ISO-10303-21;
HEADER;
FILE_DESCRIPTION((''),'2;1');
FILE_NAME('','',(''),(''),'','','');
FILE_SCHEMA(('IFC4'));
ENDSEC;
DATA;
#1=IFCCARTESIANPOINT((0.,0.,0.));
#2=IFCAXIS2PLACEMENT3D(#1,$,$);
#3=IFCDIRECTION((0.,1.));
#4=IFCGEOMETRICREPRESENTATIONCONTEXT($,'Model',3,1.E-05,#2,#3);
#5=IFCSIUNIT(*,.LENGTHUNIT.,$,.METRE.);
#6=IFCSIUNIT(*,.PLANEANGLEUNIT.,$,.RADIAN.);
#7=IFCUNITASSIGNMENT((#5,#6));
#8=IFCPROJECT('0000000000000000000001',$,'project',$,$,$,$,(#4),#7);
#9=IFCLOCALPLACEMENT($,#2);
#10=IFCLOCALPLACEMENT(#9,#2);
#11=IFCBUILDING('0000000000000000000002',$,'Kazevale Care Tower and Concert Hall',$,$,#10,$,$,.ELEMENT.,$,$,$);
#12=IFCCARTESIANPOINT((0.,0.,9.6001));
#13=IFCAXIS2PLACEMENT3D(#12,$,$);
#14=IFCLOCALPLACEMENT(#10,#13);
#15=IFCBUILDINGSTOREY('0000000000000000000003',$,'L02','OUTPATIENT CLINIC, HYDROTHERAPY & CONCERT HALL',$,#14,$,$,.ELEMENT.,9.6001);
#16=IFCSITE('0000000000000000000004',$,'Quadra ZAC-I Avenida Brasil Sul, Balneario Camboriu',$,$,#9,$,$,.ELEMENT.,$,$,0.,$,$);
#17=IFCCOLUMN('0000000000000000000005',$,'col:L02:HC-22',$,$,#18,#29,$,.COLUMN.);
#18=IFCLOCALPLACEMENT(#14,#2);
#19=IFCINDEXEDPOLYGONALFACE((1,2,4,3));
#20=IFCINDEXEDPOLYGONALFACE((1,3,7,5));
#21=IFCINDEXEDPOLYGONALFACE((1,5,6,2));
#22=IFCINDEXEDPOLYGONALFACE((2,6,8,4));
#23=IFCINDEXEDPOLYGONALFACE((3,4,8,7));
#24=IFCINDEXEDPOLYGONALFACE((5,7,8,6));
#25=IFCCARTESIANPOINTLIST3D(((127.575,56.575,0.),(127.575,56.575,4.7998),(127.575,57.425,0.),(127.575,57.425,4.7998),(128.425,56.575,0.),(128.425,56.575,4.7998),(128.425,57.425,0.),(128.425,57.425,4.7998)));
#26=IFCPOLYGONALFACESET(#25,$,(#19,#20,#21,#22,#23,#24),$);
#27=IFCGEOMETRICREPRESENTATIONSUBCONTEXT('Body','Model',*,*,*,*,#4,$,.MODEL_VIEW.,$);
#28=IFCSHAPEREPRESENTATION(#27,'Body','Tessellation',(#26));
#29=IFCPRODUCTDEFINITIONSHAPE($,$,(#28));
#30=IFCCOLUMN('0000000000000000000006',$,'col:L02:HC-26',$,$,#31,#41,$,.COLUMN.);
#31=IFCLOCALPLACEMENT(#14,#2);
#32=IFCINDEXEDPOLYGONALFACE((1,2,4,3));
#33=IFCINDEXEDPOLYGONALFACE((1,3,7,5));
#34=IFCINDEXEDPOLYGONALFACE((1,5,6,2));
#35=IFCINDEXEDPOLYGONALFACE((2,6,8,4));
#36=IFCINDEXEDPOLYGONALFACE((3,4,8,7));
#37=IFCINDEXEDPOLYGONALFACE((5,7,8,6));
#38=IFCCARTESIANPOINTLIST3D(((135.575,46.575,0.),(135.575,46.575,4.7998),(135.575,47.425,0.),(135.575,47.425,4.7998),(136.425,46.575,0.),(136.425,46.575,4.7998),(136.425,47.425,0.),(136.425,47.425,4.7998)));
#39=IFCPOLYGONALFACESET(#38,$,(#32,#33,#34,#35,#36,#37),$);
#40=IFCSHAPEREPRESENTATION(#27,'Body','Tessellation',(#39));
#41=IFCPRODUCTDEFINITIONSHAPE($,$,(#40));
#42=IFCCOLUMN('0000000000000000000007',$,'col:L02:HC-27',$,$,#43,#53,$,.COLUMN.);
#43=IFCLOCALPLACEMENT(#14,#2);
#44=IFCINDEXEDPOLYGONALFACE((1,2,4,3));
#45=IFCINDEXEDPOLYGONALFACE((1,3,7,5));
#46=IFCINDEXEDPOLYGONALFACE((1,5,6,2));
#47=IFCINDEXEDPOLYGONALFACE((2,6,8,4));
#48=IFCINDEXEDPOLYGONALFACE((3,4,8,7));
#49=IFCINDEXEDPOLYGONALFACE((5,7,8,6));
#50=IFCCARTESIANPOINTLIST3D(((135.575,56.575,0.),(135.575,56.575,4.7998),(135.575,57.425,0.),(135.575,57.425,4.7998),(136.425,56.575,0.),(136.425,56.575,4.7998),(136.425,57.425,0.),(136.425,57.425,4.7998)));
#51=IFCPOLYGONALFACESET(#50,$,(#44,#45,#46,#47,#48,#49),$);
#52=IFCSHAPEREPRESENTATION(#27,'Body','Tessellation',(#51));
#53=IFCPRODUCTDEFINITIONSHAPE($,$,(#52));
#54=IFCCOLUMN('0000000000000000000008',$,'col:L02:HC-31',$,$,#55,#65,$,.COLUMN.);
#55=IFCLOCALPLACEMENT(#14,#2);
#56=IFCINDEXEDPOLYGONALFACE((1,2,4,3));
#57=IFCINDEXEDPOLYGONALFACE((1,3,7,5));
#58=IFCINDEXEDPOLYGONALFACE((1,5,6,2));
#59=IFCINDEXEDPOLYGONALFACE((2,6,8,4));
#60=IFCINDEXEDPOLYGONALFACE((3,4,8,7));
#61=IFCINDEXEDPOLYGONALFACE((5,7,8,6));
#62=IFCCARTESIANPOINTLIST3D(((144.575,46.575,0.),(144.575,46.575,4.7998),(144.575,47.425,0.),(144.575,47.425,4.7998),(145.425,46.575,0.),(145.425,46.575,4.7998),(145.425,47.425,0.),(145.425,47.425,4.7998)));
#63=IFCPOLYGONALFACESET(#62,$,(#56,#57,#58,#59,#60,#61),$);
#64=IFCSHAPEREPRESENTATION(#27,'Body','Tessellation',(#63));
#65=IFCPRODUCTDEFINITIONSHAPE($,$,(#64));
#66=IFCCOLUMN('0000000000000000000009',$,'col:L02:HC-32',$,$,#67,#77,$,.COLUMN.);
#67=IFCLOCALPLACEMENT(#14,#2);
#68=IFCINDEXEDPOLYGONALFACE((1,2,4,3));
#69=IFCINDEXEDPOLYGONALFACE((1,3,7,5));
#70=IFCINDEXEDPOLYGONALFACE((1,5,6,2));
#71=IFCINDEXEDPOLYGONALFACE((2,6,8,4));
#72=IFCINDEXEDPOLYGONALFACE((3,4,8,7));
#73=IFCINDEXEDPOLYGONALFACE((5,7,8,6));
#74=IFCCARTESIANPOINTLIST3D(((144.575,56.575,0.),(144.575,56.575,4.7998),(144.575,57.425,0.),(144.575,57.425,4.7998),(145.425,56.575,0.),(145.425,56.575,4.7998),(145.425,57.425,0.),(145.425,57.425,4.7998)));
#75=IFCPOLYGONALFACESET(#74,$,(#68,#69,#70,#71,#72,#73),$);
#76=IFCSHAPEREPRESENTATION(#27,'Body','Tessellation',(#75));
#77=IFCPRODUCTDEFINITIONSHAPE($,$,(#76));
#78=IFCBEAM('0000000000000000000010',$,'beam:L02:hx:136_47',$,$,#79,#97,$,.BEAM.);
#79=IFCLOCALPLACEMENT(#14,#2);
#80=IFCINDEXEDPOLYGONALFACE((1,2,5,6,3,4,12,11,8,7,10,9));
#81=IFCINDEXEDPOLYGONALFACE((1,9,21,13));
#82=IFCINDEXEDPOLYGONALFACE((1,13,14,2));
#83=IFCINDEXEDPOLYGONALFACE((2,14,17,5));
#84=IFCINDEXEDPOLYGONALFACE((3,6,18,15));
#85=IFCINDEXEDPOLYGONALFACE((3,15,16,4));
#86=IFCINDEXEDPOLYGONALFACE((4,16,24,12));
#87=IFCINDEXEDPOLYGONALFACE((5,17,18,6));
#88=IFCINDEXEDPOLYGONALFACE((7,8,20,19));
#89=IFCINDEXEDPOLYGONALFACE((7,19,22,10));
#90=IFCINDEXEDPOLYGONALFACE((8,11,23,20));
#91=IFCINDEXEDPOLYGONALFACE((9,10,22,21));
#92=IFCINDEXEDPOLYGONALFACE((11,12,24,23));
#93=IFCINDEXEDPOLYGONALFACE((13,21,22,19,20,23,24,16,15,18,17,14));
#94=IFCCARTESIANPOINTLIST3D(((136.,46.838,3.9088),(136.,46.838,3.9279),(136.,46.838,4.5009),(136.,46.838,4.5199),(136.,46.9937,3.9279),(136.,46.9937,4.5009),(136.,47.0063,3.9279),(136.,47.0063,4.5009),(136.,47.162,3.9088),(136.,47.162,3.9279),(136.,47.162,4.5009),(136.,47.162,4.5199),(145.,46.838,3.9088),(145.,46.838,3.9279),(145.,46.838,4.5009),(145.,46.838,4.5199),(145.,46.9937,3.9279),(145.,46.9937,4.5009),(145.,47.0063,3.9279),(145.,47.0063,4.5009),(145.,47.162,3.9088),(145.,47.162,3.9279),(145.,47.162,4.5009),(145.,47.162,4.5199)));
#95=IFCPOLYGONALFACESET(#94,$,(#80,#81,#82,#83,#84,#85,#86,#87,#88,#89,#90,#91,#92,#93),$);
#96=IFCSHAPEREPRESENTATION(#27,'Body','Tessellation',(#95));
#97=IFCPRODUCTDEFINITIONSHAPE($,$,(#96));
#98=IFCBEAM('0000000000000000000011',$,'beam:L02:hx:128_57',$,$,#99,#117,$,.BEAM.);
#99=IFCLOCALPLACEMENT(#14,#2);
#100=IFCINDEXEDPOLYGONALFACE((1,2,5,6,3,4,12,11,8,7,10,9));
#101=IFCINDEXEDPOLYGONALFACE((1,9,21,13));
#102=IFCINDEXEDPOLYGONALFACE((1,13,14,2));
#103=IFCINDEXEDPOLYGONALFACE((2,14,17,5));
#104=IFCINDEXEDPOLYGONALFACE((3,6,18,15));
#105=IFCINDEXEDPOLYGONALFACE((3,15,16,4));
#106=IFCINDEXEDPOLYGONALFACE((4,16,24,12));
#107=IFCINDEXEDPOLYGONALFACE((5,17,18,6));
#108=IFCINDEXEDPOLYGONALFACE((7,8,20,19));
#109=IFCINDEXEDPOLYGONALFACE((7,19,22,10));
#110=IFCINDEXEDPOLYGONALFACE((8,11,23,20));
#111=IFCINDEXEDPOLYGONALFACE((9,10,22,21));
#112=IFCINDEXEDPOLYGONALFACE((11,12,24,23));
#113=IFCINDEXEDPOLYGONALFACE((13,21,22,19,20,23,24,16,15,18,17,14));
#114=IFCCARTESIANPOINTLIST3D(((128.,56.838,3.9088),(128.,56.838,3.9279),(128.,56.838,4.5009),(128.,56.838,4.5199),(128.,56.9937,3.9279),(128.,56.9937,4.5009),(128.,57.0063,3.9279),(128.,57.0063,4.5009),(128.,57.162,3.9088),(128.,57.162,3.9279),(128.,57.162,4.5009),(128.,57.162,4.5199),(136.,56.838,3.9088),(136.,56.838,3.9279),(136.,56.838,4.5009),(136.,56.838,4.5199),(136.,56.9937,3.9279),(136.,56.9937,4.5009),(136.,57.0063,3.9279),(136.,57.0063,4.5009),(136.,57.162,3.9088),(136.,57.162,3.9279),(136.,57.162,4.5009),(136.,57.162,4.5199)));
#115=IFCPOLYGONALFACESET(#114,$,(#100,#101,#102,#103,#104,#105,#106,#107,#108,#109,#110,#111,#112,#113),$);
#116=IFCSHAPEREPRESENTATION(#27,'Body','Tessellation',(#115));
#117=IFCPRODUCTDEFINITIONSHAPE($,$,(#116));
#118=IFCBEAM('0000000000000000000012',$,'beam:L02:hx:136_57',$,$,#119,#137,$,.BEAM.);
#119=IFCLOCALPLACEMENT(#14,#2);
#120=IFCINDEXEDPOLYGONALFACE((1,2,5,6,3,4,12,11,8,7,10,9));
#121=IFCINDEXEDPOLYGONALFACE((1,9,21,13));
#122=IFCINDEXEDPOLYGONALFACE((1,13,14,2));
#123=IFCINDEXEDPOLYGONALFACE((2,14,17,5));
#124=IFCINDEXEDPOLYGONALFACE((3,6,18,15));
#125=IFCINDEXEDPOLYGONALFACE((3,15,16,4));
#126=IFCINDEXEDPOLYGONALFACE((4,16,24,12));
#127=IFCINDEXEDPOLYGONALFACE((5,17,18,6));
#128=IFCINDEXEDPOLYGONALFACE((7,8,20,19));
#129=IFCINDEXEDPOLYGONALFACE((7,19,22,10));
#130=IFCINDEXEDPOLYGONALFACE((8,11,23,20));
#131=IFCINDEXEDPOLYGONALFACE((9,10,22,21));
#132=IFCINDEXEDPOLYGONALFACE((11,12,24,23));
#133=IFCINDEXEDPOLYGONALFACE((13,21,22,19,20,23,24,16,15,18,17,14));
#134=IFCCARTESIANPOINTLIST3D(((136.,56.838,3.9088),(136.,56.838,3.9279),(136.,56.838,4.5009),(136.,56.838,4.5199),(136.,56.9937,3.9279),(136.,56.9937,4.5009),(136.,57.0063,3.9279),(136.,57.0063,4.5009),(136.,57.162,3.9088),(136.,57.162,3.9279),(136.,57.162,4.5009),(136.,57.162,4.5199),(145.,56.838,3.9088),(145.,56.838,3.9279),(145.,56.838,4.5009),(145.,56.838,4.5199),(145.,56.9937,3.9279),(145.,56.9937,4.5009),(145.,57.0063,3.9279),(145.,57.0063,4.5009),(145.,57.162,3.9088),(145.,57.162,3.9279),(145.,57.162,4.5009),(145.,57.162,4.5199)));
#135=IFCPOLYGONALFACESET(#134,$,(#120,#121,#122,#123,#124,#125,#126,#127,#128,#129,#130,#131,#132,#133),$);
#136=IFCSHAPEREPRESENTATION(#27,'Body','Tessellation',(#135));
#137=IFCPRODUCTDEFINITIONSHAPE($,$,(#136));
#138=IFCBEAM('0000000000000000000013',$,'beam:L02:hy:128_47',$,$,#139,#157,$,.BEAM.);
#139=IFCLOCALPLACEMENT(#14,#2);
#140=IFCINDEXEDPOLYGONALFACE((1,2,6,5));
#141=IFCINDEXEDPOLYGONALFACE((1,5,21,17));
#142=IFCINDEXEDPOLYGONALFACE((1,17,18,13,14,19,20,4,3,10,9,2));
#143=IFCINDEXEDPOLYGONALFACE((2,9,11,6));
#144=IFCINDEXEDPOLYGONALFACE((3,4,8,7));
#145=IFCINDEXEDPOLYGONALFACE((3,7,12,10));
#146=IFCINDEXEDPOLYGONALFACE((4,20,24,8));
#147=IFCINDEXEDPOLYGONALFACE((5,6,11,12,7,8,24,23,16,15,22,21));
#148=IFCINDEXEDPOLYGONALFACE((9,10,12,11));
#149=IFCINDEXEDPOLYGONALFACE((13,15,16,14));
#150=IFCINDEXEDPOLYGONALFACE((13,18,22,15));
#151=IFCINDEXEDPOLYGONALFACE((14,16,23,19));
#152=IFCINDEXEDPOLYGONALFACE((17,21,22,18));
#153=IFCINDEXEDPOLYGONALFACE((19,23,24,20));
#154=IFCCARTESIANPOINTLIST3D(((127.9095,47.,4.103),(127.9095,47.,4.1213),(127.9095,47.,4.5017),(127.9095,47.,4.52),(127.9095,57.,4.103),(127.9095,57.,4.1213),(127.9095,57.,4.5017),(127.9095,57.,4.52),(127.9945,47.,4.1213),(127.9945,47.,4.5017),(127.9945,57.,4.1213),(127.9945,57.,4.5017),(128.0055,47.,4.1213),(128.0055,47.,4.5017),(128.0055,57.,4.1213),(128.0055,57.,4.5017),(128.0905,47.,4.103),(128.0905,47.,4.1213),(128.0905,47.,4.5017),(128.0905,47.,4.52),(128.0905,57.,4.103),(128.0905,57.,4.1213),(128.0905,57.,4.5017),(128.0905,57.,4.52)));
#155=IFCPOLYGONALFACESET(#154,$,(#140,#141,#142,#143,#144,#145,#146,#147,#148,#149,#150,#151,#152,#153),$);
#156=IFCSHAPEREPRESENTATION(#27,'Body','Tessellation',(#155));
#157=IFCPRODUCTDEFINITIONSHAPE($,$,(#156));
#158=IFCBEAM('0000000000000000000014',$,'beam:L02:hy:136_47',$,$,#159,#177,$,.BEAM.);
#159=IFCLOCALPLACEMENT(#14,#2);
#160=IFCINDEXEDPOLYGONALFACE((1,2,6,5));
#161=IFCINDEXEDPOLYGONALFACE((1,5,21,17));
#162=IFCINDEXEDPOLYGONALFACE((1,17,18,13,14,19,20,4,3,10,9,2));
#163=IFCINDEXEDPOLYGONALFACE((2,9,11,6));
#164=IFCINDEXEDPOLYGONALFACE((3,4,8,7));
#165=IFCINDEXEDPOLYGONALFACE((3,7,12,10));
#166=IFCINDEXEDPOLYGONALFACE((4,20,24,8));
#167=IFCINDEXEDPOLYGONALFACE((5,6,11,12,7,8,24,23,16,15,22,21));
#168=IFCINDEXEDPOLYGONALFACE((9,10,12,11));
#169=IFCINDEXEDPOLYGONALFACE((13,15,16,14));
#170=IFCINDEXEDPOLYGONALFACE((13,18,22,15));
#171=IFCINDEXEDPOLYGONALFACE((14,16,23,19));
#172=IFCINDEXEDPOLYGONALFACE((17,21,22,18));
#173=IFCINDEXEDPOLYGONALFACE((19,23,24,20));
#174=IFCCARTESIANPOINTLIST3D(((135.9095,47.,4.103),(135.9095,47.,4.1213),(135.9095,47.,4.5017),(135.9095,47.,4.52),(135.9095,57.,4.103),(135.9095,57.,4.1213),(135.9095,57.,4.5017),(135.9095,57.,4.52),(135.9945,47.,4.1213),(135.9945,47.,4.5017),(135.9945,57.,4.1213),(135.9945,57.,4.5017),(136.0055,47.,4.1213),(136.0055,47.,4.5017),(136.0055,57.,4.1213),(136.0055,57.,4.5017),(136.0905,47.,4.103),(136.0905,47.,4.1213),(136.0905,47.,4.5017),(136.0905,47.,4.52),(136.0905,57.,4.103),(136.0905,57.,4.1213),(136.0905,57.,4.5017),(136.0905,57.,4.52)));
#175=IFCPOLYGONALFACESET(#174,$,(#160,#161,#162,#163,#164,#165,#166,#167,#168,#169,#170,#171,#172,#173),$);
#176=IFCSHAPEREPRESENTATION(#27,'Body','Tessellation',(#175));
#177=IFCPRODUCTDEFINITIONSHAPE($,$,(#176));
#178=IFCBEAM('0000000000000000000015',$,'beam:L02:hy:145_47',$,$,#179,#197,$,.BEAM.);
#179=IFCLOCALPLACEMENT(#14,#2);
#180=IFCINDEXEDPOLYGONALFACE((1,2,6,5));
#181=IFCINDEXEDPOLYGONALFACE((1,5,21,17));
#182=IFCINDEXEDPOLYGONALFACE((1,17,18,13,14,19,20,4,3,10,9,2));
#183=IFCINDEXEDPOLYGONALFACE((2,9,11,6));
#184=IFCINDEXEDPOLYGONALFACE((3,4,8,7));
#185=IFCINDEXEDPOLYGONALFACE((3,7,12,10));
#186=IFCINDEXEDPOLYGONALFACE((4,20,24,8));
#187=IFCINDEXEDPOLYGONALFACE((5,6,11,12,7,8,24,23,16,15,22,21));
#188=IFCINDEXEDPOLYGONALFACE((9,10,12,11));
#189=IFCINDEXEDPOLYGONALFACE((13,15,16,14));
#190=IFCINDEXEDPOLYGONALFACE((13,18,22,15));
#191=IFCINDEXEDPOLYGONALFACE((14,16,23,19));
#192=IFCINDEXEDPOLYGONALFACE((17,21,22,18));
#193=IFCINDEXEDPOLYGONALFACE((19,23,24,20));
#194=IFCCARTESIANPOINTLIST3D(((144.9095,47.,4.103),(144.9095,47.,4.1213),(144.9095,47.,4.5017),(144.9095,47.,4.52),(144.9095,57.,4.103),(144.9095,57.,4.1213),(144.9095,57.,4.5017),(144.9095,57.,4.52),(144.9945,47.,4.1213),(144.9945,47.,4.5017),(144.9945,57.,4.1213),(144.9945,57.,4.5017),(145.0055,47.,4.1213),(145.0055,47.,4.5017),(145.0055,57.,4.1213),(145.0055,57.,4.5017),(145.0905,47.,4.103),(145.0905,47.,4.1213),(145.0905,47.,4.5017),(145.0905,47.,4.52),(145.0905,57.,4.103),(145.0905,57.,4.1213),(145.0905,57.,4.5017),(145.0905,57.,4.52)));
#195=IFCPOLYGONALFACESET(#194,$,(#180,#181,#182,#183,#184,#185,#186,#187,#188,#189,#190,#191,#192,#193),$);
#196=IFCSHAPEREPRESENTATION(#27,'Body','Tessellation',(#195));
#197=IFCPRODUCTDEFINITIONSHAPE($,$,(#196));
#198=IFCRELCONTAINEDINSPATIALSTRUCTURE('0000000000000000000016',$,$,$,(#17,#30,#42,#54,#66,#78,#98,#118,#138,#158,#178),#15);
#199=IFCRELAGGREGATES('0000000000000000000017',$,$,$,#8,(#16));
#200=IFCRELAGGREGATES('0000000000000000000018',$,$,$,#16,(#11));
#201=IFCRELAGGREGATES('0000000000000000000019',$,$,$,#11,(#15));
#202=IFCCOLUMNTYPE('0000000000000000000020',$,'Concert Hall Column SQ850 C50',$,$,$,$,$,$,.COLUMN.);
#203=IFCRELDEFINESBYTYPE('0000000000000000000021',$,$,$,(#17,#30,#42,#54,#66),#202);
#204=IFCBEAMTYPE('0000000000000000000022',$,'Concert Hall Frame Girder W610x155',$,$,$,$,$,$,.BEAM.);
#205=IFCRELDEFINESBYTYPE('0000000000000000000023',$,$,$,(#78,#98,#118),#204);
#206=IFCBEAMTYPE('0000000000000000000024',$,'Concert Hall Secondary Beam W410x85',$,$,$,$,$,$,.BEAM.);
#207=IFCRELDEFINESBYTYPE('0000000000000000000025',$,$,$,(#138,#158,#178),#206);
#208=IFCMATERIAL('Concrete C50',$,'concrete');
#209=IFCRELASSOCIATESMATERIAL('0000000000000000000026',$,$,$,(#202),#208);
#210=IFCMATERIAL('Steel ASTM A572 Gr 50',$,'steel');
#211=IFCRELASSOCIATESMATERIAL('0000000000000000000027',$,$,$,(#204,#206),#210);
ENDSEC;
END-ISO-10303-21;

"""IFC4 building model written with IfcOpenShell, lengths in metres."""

from ifc_helpers import new_model, si_unit, direction, frame, origin, origin_2d, place, context, subcontext, project, spatial, rectangle, i_section, extrude, material, material_profile, profile_set, type_object, element, save


model = new_model("IFC4")

# Units and contexts
model_context = context("Model", 3, precision=1e-05, world=origin(), true_north=direction((0.0, 1.0)))
body_context = subcontext(model_context, "Body", "Model", "MODEL_VIEW")
ifc_project = project(units=[si_unit("LENGTHUNIT", "METRE"), si_unit("PLANEANGLEUNIT", "RADIAN")], contexts=[model_context])

# Site, building, storey
site_placement = place(None, origin())
site = spatial("IfcSite", under=ifc_project, at=site_placement, Name="Quadra ZAC-I Avenida Brasil Sul, Balneario Camboriu", CompositionType="ELEMENT", RefElevation=0.0)
building_placement = place(site_placement, origin())
building = spatial("IfcBuilding", under=site, at=building_placement, Name="Kazevale Care Tower and Concert Hall", CompositionType="ELEMENT")
storey_placement = place(building_placement, frame((0.0, 0.0, 9.6001)))
storey = spatial("IfcBuildingStorey", under=building, at=storey_placement, Name="L02", Description="OUTPATIENT CLINIC, HYDROTHERAPY & CONCERT HALL", CompositionType="ELEMENT", Elevation=9.6001)

# Columns
ifc_material_1 = material(Name="Concrete C50", Category="concrete")
ifc_material_profile_1 = material_profile(ifc_material_1, rectangle(XDim=0.8501, YDim=0.8501, at=origin_2d()), Name="RC-SQ850")
ifc_profile_set_1 = profile_set([ifc_material_profile_1], Name="Concrete C50")
column_type = type_object("IfcColumnType", Name="Concert Hall Column SQ850 C50", PredefinedType="COLUMN", material=ifc_profile_set_1)
for number, where, z_axis, x_axis, name in (
    (1, (128.0, 57.0, 0.0), (0.0, 0.0, 1.0), (1.0, 0.0, 0.0), "col:L02:HC-22"),
    (2, (136.0, 47.0, 0.0), (0.0, 0.0, 1.0), (1.0, 0.0, 0.0), "col:L02:HC-26"),
    (3, (136.0, 57.0, 0.0), (0.0, 0.0, 1.0), (1.0, 0.0, 0.0), "col:L02:HC-27"),
    (4, (145.0, 47.0, 0.0), (0.0, 0.0, 1.0), (1.0, 0.0, 0.0), "col:L02:HC-31"),
    (5, (145.0, 57.0, 0.0), (0.0, 0.0, 1.0), (1.0, 0.0, 0.0), "col:L02:HC-32"),
):
    element("IfcColumn", number, at=place(storey_placement, frame(where, z_axis=z_axis, x_axis=x_axis)), inside=storey, type_object=column_type, Name=name, PredefinedType="COLUMN", context=body_context, shape_type="SweptSolid", body=[
        extrude(rectangle(XDim=0.8501, YDim=0.8501, at=origin_2d()), origin(), (0.0, 0.0, 1.0), 4.7998),
    ])

# Beams
ifc_material_2 = material(Name="Steel ASTM A572 Gr 50", Category="steel")
ifc_material_profile_2 = material_profile(ifc_material_2, i_section(OverallWidth=0.324, OverallDepth=0.6111, WebThickness=0.0127, FlangeThickness=0.019, at=origin_2d()), Name="W610x155")
ifc_profile_set_2 = profile_set([ifc_material_profile_2], Name="Steel ASTM A572 Gr 50")
beam_type_1 = type_object("IfcBeamType", Name="Concert Hall Frame Girder W610x155", PredefinedType="BEAM", material=ifc_profile_set_2)
beam_1_placement = place(storey_placement, frame((136.0, 47.0, 4.2144), z_axis=(1.0, 0.0, 0.0), x_axis=(0.0, 1.0, 0.0)))
element("IfcBeam", 6, at=beam_1_placement, inside=storey, type_object=beam_type_1, Name="beam:L02:hx:136_47", PredefinedType="BEAM", context=body_context, shape_type="SweptSolid", body=[
    extrude(i_section(OverallWidth=0.324, OverallDepth=0.6111, WebThickness=0.0127, FlangeThickness=0.019, at=origin_2d()), origin(), (0.0, 0.0, 1.0), 9.0),
])
beam_2_placement = place(storey_placement, frame((128.0, 57.0, 4.2144), z_axis=(1.0, 0.0, 0.0), x_axis=(0.0, 1.0, 0.0)))
element("IfcBeam", 7, at=beam_2_placement, inside=storey, type_object=beam_type_1, Name="beam:L02:hx:128_57", PredefinedType="BEAM", context=body_context, shape_type="SweptSolid", body=[
    extrude(i_section(OverallWidth=0.324, OverallDepth=0.6111, WebThickness=0.0127, FlangeThickness=0.019, at=origin_2d()), origin(), (0.0, 0.0, 1.0), 8.0),
])
beam_3_placement = place(storey_placement, frame((136.0, 57.0, 4.2144), z_axis=(1.0, 0.0, 0.0), x_axis=(0.0, 1.0, 0.0)))
element("IfcBeam", 8, at=beam_3_placement, inside=storey, type_object=beam_type_1, Name="beam:L02:hx:136_57", PredefinedType="BEAM", context=body_context, shape_type="SweptSolid", body=[
    extrude(i_section(OverallWidth=0.324, OverallDepth=0.6111, WebThickness=0.0127, FlangeThickness=0.019, at=origin_2d()), origin(), (0.0, 0.0, 1.0), 9.0),
])
ifc_material_profile_3 = material_profile(ifc_material_2, i_section(OverallWidth=0.1809, OverallDepth=0.417, WebThickness=0.011, FlangeThickness=0.0183, at=origin_2d()), Name="W410x85")
ifc_profile_set_3 = profile_set([ifc_material_profile_3], Name="Steel ASTM A572 Gr 50")
beam_type_2 = type_object("IfcBeamType", Name="Concert Hall Secondary Beam W410x85", PredefinedType="BEAM", material=ifc_profile_set_3)
for number, where, z_axis, x_axis, name in (
    (9, (128.0, 47.0, 4.3115), (0.0, 1.0, 0.0), (-1.0, 0.0, 0.0), "beam:L02:hy:128_47"),
    (10, (136.0, 47.0, 4.3115), (0.0, 1.0, 0.0), (-1.0, 0.0, 0.0), "beam:L02:hy:136_47"),
    (11, (145.0, 47.0, 4.3115), (0.0, 1.0, 0.0), (-1.0, 0.0, 0.0), "beam:L02:hy:145_47"),
):
    element("IfcBeam", number, at=place(storey_placement, frame(where, z_axis=z_axis, x_axis=x_axis)), inside=storey, type_object=beam_type_2, Name=name, PredefinedType="BEAM", context=body_context, shape_type="SweptSolid", body=[
        extrude(i_section(OverallWidth=0.1809, OverallDepth=0.417, WebThickness=0.011, FlangeThickness=0.0183, at=origin_2d()), origin(), (0.0, 0.0, 1.0), 10.0),
    ])

save(model, "model.ifc")
